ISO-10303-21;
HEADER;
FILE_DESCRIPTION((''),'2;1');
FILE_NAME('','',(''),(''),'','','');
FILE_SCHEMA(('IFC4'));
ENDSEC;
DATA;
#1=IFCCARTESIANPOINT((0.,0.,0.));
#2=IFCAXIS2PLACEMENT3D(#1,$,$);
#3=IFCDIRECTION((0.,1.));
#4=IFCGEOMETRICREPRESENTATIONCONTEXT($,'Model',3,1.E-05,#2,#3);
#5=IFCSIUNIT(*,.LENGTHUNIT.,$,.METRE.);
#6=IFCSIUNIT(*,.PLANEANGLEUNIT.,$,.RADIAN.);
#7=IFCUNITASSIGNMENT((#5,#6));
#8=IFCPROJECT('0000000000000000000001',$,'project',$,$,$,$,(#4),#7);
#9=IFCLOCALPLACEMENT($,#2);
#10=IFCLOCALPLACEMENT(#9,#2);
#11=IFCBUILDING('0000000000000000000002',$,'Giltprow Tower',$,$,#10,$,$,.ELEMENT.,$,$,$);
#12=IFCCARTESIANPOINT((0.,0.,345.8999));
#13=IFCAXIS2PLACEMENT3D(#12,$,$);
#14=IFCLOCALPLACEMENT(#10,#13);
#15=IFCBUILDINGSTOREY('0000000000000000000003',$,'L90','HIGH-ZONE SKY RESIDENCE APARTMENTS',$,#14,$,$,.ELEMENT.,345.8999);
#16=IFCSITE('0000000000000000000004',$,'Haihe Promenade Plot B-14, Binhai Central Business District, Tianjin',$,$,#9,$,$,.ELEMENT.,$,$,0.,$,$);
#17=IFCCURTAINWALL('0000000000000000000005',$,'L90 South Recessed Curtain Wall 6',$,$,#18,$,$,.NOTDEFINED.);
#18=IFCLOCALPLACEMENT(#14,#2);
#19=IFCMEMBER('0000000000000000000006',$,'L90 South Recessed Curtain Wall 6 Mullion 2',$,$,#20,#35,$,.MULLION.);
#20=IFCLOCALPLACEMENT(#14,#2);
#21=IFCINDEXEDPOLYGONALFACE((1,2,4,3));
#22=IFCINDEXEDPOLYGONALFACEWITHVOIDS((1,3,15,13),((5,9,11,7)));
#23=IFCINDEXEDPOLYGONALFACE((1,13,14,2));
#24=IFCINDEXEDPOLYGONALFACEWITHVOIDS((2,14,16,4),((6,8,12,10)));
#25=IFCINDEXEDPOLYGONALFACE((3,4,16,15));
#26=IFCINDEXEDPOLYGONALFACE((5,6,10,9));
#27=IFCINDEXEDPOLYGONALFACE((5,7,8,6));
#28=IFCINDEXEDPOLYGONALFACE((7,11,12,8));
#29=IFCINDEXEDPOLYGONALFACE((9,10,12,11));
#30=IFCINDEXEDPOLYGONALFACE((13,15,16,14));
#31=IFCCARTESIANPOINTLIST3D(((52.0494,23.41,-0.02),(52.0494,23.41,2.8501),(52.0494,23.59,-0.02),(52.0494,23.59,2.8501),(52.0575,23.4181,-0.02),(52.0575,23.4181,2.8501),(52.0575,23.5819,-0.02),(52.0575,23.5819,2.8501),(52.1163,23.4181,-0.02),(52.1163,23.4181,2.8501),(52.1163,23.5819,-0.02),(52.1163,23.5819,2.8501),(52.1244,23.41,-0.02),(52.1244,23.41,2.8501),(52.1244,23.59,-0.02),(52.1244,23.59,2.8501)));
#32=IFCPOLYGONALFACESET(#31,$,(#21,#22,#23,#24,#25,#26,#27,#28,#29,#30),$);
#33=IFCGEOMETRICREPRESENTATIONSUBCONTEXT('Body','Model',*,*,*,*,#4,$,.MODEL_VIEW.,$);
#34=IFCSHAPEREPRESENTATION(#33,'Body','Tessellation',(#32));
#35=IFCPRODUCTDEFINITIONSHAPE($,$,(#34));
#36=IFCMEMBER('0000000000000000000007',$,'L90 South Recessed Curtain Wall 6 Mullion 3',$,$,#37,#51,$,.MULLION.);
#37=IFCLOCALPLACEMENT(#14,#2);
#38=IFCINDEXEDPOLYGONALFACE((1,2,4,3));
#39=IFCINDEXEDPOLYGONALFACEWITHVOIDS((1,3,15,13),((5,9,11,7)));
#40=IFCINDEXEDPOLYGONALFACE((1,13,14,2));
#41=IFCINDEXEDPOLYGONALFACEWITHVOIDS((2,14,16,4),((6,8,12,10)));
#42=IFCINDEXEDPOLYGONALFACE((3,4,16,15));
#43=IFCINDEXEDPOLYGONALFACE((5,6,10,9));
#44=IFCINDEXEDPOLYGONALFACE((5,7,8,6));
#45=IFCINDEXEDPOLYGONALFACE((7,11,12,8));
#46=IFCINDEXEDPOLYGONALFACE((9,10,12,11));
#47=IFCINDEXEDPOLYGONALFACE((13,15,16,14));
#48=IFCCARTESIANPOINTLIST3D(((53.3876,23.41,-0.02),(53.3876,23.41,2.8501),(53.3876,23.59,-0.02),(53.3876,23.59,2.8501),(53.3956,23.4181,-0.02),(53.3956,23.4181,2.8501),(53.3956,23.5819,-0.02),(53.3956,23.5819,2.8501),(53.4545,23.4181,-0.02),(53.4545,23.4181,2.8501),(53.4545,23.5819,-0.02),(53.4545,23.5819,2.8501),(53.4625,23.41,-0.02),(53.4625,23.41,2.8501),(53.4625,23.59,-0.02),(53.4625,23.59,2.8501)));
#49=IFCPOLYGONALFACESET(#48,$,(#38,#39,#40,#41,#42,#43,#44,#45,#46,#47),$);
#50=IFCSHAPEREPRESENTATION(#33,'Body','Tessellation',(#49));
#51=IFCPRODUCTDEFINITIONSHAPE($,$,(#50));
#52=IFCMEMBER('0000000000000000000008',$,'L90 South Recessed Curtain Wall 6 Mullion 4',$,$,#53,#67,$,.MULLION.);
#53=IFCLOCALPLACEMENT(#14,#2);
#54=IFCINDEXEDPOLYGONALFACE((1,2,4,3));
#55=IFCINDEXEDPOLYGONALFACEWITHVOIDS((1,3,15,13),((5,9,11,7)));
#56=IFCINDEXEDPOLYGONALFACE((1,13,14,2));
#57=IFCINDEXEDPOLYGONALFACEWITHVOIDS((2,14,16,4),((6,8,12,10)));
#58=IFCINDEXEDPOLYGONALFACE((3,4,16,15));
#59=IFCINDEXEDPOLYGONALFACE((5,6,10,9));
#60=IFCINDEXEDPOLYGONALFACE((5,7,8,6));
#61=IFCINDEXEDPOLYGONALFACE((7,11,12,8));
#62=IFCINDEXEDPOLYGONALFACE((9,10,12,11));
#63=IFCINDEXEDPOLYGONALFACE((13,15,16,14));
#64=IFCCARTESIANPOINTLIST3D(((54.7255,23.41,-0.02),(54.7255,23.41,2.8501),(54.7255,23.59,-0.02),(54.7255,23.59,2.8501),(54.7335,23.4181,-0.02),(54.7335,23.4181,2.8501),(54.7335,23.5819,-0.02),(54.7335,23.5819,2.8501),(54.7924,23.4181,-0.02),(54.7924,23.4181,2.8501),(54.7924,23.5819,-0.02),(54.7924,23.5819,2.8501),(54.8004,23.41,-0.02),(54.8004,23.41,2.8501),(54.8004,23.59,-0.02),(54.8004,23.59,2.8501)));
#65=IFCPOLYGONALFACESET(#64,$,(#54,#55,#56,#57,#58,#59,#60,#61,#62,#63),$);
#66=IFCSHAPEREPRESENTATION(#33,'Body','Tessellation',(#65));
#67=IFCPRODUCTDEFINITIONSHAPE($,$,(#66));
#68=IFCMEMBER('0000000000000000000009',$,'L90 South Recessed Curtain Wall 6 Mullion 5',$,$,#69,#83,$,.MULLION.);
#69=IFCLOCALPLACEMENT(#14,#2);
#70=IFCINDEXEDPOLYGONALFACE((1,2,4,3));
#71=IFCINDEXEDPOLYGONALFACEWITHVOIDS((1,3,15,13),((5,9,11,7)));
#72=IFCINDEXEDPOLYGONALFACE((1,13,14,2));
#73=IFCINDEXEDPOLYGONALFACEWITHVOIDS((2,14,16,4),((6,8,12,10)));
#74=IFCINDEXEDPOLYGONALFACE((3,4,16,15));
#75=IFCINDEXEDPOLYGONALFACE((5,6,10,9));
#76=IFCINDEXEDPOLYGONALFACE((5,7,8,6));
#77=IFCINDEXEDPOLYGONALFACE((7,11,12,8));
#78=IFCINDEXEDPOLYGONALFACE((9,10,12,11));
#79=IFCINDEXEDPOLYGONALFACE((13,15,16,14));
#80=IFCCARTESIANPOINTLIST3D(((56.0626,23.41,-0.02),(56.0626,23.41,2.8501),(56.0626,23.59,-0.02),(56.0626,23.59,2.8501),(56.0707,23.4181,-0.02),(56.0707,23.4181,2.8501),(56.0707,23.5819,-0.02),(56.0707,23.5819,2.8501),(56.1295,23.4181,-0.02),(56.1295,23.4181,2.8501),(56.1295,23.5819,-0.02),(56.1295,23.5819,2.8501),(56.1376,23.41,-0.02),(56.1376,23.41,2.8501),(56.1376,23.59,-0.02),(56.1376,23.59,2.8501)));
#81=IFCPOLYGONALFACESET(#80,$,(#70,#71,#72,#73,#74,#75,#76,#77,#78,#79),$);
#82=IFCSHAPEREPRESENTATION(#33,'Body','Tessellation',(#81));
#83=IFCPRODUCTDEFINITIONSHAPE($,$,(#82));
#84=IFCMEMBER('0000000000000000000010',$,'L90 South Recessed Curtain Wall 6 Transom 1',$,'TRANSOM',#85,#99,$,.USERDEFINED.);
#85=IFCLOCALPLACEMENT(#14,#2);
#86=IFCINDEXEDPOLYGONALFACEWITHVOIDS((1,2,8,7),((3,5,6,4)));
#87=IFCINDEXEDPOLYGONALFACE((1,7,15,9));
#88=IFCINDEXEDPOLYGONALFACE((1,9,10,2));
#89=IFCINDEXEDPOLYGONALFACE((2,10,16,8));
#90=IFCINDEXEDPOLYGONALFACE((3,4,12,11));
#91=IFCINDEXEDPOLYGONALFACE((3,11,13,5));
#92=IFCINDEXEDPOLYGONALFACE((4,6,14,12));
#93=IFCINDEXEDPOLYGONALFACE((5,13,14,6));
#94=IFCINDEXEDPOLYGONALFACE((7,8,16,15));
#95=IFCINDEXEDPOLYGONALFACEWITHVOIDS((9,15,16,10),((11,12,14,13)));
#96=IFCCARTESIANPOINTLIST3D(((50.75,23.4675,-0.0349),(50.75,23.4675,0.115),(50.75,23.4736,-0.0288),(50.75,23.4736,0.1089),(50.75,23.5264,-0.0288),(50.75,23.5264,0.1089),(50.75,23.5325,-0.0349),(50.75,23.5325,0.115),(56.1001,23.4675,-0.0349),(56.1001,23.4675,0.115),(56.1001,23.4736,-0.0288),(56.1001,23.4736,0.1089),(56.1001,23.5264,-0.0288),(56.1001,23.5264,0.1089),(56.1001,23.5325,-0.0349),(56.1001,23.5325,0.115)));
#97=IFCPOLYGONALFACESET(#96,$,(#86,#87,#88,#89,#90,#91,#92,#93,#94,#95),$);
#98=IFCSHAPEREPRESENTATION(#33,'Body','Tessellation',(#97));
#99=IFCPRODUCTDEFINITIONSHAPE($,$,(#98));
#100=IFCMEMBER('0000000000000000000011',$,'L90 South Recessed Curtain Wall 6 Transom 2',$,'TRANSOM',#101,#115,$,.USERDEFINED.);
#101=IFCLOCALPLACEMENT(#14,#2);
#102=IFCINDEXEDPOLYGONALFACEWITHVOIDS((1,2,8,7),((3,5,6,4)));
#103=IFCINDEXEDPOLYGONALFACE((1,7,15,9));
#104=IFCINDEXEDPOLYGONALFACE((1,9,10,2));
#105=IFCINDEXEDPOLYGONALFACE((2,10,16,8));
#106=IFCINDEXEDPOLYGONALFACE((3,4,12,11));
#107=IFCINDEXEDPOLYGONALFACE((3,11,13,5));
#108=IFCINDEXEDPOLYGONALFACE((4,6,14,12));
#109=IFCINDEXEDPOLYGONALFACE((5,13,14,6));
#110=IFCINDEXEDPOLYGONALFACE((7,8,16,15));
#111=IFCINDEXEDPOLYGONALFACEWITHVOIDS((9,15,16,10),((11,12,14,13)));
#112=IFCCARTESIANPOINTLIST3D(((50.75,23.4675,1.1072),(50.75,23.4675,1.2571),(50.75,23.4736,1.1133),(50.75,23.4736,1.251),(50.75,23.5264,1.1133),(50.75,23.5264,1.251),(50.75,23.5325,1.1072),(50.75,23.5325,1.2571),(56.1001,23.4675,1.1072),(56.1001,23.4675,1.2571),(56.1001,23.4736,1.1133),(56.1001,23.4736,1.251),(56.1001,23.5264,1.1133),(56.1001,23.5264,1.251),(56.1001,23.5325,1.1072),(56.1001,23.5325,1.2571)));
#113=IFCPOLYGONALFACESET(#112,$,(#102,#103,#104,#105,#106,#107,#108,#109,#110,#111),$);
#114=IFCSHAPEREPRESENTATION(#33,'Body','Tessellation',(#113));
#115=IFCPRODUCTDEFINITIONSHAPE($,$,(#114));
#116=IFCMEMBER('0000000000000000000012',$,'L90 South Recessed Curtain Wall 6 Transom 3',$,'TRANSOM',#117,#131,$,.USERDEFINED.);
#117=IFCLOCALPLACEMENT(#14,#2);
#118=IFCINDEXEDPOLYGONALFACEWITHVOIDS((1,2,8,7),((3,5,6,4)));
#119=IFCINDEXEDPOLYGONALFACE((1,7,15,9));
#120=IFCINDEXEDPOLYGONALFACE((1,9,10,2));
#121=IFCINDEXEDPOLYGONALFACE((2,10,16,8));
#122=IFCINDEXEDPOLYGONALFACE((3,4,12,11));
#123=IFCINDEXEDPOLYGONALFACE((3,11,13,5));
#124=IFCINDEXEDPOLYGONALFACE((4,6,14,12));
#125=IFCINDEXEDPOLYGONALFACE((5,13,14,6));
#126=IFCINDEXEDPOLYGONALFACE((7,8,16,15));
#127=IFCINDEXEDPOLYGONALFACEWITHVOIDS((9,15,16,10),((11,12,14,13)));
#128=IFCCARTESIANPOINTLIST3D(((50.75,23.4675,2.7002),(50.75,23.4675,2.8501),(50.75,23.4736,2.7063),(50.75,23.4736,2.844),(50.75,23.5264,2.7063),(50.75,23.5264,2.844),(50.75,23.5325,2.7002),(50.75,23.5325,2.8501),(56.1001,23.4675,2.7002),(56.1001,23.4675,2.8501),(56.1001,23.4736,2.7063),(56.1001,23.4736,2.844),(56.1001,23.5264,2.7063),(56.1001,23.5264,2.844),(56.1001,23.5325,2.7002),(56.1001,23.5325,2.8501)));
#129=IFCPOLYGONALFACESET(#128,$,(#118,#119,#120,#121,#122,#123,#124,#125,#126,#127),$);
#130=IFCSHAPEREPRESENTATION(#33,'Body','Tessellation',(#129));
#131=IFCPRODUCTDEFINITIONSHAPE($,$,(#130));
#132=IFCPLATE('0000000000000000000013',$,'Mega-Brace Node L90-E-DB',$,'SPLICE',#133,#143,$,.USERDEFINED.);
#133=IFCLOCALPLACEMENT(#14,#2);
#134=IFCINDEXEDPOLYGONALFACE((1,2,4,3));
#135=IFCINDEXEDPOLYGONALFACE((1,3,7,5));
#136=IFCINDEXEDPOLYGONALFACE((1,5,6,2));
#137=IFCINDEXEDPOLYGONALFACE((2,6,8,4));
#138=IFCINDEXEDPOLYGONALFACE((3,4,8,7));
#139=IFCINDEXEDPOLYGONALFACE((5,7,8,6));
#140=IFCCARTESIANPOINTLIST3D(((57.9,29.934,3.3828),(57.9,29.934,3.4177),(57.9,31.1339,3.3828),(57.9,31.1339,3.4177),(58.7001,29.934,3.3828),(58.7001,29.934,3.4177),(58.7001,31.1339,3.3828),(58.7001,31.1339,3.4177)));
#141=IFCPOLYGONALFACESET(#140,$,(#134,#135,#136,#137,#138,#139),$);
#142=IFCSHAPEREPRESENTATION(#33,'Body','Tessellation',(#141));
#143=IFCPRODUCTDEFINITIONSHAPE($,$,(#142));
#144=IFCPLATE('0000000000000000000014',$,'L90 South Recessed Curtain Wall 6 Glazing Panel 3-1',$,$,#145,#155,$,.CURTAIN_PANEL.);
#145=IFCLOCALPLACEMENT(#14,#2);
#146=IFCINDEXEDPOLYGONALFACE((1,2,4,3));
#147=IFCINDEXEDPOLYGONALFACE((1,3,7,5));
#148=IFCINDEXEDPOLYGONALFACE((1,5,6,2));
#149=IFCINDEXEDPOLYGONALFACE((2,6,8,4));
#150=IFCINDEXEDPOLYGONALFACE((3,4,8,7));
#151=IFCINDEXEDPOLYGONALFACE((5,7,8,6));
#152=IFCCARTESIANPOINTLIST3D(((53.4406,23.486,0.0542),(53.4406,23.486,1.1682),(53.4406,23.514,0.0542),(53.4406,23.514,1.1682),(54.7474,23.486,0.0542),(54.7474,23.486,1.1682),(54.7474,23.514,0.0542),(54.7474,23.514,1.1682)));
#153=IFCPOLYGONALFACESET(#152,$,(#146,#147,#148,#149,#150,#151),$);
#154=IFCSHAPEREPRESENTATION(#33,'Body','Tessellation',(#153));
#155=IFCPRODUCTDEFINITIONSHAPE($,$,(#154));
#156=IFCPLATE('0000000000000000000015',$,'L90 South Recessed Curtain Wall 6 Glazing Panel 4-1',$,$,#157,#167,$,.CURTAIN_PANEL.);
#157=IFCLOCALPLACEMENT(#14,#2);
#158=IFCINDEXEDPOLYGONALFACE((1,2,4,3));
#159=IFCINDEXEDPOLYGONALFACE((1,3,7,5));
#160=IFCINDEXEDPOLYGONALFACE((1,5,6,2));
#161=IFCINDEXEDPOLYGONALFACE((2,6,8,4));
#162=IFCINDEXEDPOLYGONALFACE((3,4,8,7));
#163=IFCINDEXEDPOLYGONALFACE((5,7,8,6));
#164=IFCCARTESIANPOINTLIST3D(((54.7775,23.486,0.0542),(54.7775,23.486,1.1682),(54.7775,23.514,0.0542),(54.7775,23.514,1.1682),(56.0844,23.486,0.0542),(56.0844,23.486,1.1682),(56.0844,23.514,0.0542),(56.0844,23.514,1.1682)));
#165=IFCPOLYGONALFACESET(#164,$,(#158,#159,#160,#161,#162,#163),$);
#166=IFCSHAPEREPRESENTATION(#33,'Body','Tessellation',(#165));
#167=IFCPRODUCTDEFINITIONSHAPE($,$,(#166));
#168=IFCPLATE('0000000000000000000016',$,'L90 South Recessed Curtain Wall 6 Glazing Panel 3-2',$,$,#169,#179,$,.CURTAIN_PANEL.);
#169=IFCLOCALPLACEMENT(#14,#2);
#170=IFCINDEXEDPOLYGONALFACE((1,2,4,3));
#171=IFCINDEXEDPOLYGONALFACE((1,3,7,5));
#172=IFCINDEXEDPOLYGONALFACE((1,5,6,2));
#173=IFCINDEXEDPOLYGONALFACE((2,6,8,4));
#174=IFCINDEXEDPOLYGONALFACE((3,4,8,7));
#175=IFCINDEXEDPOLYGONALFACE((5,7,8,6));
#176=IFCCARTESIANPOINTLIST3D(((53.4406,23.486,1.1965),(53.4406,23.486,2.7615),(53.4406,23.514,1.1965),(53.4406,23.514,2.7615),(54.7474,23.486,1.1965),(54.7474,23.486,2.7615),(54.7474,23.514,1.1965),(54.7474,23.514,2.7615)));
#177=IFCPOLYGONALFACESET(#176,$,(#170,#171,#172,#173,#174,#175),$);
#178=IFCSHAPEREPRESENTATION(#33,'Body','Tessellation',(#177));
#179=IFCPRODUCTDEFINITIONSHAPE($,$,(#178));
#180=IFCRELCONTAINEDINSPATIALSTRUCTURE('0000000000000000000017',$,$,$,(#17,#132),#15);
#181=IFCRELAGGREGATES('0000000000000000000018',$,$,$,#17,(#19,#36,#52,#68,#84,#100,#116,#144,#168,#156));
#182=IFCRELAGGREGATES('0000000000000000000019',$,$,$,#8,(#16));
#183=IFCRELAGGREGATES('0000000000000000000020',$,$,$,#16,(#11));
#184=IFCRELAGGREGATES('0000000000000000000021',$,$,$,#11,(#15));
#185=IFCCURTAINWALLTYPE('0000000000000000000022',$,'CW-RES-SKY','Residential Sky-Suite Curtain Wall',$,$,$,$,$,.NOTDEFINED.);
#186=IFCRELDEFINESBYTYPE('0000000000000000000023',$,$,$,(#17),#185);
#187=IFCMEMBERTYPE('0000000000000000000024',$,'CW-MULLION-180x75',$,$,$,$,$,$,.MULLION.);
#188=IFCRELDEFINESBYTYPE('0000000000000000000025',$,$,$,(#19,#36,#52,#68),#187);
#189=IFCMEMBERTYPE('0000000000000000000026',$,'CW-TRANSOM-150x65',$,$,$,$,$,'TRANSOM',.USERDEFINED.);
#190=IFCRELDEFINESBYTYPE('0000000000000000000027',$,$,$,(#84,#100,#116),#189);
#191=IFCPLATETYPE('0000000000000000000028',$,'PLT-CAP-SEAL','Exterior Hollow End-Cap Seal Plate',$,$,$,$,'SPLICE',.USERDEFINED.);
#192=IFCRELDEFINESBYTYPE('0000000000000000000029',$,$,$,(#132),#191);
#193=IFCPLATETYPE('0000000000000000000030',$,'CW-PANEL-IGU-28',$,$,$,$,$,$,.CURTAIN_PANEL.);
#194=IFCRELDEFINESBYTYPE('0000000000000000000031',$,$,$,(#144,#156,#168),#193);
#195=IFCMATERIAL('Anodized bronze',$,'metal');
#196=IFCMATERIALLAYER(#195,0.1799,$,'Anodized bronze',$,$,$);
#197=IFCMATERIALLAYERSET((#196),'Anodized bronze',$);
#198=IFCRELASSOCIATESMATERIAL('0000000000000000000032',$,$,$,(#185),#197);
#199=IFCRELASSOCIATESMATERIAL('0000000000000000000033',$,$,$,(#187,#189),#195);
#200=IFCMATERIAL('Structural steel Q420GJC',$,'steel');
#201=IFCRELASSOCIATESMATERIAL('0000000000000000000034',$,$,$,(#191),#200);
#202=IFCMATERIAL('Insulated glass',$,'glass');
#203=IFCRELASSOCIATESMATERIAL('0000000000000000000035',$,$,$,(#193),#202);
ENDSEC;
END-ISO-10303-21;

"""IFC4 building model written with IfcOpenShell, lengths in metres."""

from ifc_helpers import new_model, si_unit, direction, frame, origin, origin_2d, place, context, subcontext, project, spatial, rectangle, hollow_rectangle, extrude, source, transform, mapped, material, layer, layer_set, material_profile, profile_set, type_object, element, aggregate, save


model = new_model("IFC4")

# Units and contexts
model_context = context("Model", 3, precision=1e-05, world=origin(), true_north=direction((0.0, 1.0)))
body_context = subcontext(model_context, "Body", "Model", "MODEL_VIEW")
ifc_project = project(units=[si_unit("LENGTHUNIT", "METRE"), si_unit("PLANEANGLEUNIT", "RADIAN")], contexts=[model_context])

# Site, building, storey
site_placement = place(None, origin())
site = spatial("IfcSite", under=ifc_project, at=site_placement, Name="Haihe Promenade Plot B-14, Binhai Central Business District, Tianjin", CompositionType="ELEMENT", RefElevation=0.0)
building_placement = place(site_placement, origin())
building = spatial("IfcBuilding", under=site, at=building_placement, Name="Giltprow Tower", CompositionType="ELEMENT")
storey_placement = place(building_placement, frame((0.0, 0.0, 345.8999)))
storey = spatial("IfcBuildingStorey", under=building, at=storey_placement, Name="L90", Description="HIGH-ZONE SKY RESIDENCE APARTMENTS", CompositionType="ELEMENT", Elevation=345.8999)

# Shared definitions
ifc_material_1 = material(Name="Structural steel Q420GJC", Category="steel")

# Curtain wall, members
ifc_material_2 = material(Name="Anodized bronze", Category="metal")
ifc_layer_1 = layer(ifc_material_2, 0.1799, Name="Anodized bronze")
ifc_layer_set_1 = layer_set([ifc_layer_1], Name="Anodized bronze")
curtain_wall_type = type_object("IfcCurtainWallType", Name="CW-RES-SKY", Description="Residential Sky-Suite Curtain Wall", PredefinedType="NOTDEFINED", material=ifc_layer_set_1)
curtain_wall_placement = place(storey_placement, origin())
curtain_wall = element("IfcCurtainWall", 1, at=curtain_wall_placement, inside=storey, type_object=curtain_wall_type, Name="L90 South Recessed Curtain Wall 6", PredefinedType="NOTDEFINED")
ifc_material_profile_1 = material_profile(ifc_material_2, hollow_rectangle(XDim=0.075, YDim=0.1799, WallThickness=0.0081, at=origin_2d()), Name="RHS 180x75x8")
ifc_profile_set_1 = profile_set([ifc_material_profile_1], Name="Anodized bronze")
member_type_1 = type_object("IfcMemberType", Name="CW-MULLION-180x75", PredefinedType="MULLION", material=ifc_profile_set_1)
shared_shape_1 = source(origin(), body_context, "Body", "SweptSolid", [
    extrude(hollow_rectangle(XDim=0.075, YDim=0.1799, WallThickness=0.0081, at=origin_2d()), origin(), (0.0, 0.0, 1.0), 2.8701),
])
member_1_placement = place(storey_placement, frame((52.0869, 23.5, -0.02), z_axis=(0.0, 0.0, 1.0), x_axis=(1.0, 0.0, 0.0)))
member_1 = element("IfcMember", 2, at=member_1_placement, type_object=member_type_1, Name="L90 South Recessed Curtain Wall 6 Mullion 2", PredefinedType="MULLION", context=body_context, shape_type="MappedRepresentation", body=[
    mapped(shared_shape_1, transform((0.0, 0.0, 0.0), x_axis=(1.0, 0.0, 0.0), y_axis=(0.0, 1.0, 0.0), z_axis=(0.0, 0.0, 1.0), scale=1.0)),
])
member_2_placement = place(storey_placement, frame((53.425, 23.5, -0.02), z_axis=(0.0, 0.0, 1.0), x_axis=(1.0, 0.0, 0.0)))
member_2 = element("IfcMember", 3, at=member_2_placement, type_object=member_type_1, Name="L90 South Recessed Curtain Wall 6 Mullion 3", PredefinedType="MULLION", context=body_context, shape_type="MappedRepresentation", body=[
    mapped(shared_shape_1, transform((0.0, 0.0, 0.0), x_axis=(1.0, 0.0, 0.0), y_axis=(0.0, 1.0, 0.0), z_axis=(0.0, 0.0, 1.0), scale=1.0)),
])
member_3_placement = place(storey_placement, frame((54.7629, 23.5, -0.02), z_axis=(0.0, 0.0, 1.0), x_axis=(1.0, 0.0, 0.0)))
member_3 = element("IfcMember", 4, at=member_3_placement, type_object=member_type_1, Name="L90 South Recessed Curtain Wall 6 Mullion 4", PredefinedType="MULLION", context=body_context, shape_type="MappedRepresentation", body=[
    mapped(shared_shape_1, transform((0.0, 0.0, 0.0), x_axis=(1.0, 0.0, 0.0), y_axis=(0.0, 1.0, 0.0), z_axis=(0.0, 0.0, 1.0), scale=1.0)),
])
member_4_placement = place(storey_placement, frame((56.1001, 23.5, -0.02), z_axis=(0.0, 0.0, 1.0), x_axis=(1.0, 0.0, 0.0)))
member_4 = element("IfcMember", 5, at=member_4_placement, type_object=member_type_1, Name="L90 South Recessed Curtain Wall 6 Mullion 5", PredefinedType="MULLION", context=body_context, shape_type="MappedRepresentation", body=[
    mapped(shared_shape_1, transform((0.0, 0.0, 0.0), x_axis=(1.0, 0.0, 0.0), y_axis=(0.0, 1.0, 0.0), z_axis=(0.0, 0.0, 1.0), scale=1.0)),
])
ifc_material_profile_2 = material_profile(ifc_material_2, hollow_rectangle(XDim=0.0649, YDim=0.1499, WallThickness=0.0061, at=origin_2d()), Name="RHS 150x65x6")
ifc_profile_set_2 = profile_set([ifc_material_profile_2], Name="Anodized bronze")
member_type_2 = type_object("IfcMemberType", Name="CW-TRANSOM-150x65", ElementType="TRANSOM", PredefinedType="USERDEFINED", material=ifc_profile_set_2)
shared_shape_2 = source(origin(), body_context, "Body", "SweptSolid", [
    extrude(hollow_rectangle(XDim=0.0649, YDim=0.1499, WallThickness=0.0061, at=origin_2d()), origin(), (0.0, 0.0, 1.0), 5.3501),
])
member_5_placement = place(storey_placement, frame((50.75, 23.5, 0.04), z_axis=(1.0, 0.0, 0.0), x_axis=(0.0, 1.0, 0.0)))
member_5 = element("IfcMember", 6, at=member_5_placement, type_object=member_type_2, Name="L90 South Recessed Curtain Wall 6 Transom 1", ObjectType="TRANSOM", PredefinedType="USERDEFINED", context=body_context, shape_type="MappedRepresentation", body=[
    mapped(shared_shape_2, transform((0.0, 0.0, 0.0), x_axis=(1.0, 0.0, 0.0), y_axis=(0.0, 1.0, 0.0), z_axis=(0.0, 0.0, 1.0), scale=1.0)),
])
member_6_placement = place(storey_placement, frame((50.75, 23.5, 1.1821), z_axis=(1.0, 0.0, 0.0), x_axis=(0.0, 1.0, 0.0)))
member_6 = element("IfcMember", 7, at=member_6_placement, type_object=member_type_2, Name="L90 South Recessed Curtain Wall 6 Transom 2", ObjectType="TRANSOM", PredefinedType="USERDEFINED", context=body_context, shape_type="MappedRepresentation", body=[
    mapped(shared_shape_2, transform((0.0, 0.0, 0.0), x_axis=(1.0, 0.0, 0.0), y_axis=(0.0, 1.0, 0.0), z_axis=(0.0, 0.0, 1.0), scale=1.0)),
])
member_7_placement = place(storey_placement, frame((50.75, 23.5, 2.7751), z_axis=(1.0, 0.0, 0.0), x_axis=(0.0, 1.0, 0.0)))
member_7 = element("IfcMember", 8, at=member_7_placement, type_object=member_type_2, Name="L90 South Recessed Curtain Wall 6 Transom 3", ObjectType="TRANSOM", PredefinedType="USERDEFINED", context=body_context, shape_type="MappedRepresentation", body=[
    mapped(shared_shape_2, transform((0.0, 0.0, 0.0), x_axis=(1.0, 0.0, 0.0), y_axis=(0.0, 1.0, 0.0), z_axis=(0.0, 0.0, 1.0), scale=1.0)),
])

# Plates
plate_type_1 = type_object("IfcPlateType", Name="PLT-CAP-SEAL", Description="Exterior Hollow End-Cap Seal Plate", ElementType="SPLICE", PredefinedType="USERDEFINED", material=ifc_material_1)
shared_shape_3 = source(origin(), body_context, "Body", "SweptSolid", [
    extrude(rectangle(XDim=1.2, YDim=0.8, at=origin_2d()), origin(), (0.0, 0.0, 1.0), 0.0349),
])
plate_1_placement = place(storey_placement, frame((58.3, 30.5339, 3.3828), z_axis=(0.0, 0.0, 1.0), x_axis=(0.0, 1.0, 0.0)))
element("IfcPlate", 9, at=plate_1_placement, inside=storey, type_object=plate_type_1, Name="Mega-Brace Node L90-E-DB", ObjectType="SPLICE", PredefinedType="USERDEFINED", context=body_context, shape_type="MappedRepresentation", body=[
    mapped(shared_shape_3, transform((0.0, 0.0, 0.0), x_axis=(1.0, 0.0, 0.0), y_axis=(0.0, 1.0, 0.0), z_axis=(0.0, 0.0, 1.0), scale=1.0)),
])
ifc_material_3 = material(Name="Insulated glass", Category="glass")
plate_type_2 = type_object("IfcPlateType", Name="CW-PANEL-IGU-28", PredefinedType="CURTAIN_PANEL", material=ifc_material_3)
shared_shape_4 = source(origin(), body_context, "Body", "SweptSolid", [
    extrude(rectangle(XDim=1.3069, YDim=0.0281, at=origin_2d()), origin(), (0.0, 0.0, 1.0), 1.114),
])
plate_2_placement = place(storey_placement, frame((54.094, 23.5, 0.0542), z_axis=(0.0, 0.0, 1.0), x_axis=(1.0, 0.0, 0.0)))
plate_2 = element("IfcPlate", 10, at=plate_2_placement, type_object=plate_type_2, Name="L90 South Recessed Curtain Wall 6 Glazing Panel 3-1", PredefinedType="CURTAIN_PANEL", context=body_context, shape_type="MappedRepresentation", body=[
    mapped(shared_shape_4, transform((0.0, 0.0, 0.0), x_axis=(1.0, 0.0, 0.0), y_axis=(0.0, 1.0, 0.0), z_axis=(0.0, 0.0, 1.0), scale=1.0)),
])
plate_3_placement = place(storey_placement, frame((55.4309, 23.5, 0.0542), z_axis=(0.0, 0.0, 1.0), x_axis=(1.0, 0.0, 0.0)))
plate_3 = element("IfcPlate", 11, at=plate_3_placement, type_object=plate_type_2, Name="L90 South Recessed Curtain Wall 6 Glazing Panel 4-1", PredefinedType="CURTAIN_PANEL", context=body_context, shape_type="MappedRepresentation", body=[
    mapped(shared_shape_4, transform((0.0, 0.0, 0.0), x_axis=(1.0, 0.0, 0.0), y_axis=(0.0, 1.0, 0.0), z_axis=(0.0, 0.0, 1.0), scale=1.0)),
])
shared_shape_5 = source(origin(), body_context, "Body", "SweptSolid", [
    extrude(rectangle(XDim=1.3069, YDim=0.0281, at=origin_2d()), origin(), (0.0, 0.0, 1.0), 1.5649),
])
plate_4_placement = place(storey_placement, frame((54.094, 23.5, 1.1965), z_axis=(0.0, 0.0, 1.0), x_axis=(1.0, 0.0, 0.0)))
plate_4 = element("IfcPlate", 12, at=plate_4_placement, type_object=plate_type_2, Name="L90 South Recessed Curtain Wall 6 Glazing Panel 3-2", PredefinedType="CURTAIN_PANEL", context=body_context, shape_type="MappedRepresentation", body=[
    mapped(shared_shape_5, transform((0.0, 0.0, 0.0), x_axis=(1.0, 0.0, 0.0), y_axis=(0.0, 1.0, 0.0), z_axis=(0.0, 0.0, 1.0), scale=1.0)),
])
aggregate(curtain_wall, [member_1, member_2, member_3, member_4, member_5, member_6, member_7, plate_2, plate_4, plate_3])

save(model, "model.ifc")
